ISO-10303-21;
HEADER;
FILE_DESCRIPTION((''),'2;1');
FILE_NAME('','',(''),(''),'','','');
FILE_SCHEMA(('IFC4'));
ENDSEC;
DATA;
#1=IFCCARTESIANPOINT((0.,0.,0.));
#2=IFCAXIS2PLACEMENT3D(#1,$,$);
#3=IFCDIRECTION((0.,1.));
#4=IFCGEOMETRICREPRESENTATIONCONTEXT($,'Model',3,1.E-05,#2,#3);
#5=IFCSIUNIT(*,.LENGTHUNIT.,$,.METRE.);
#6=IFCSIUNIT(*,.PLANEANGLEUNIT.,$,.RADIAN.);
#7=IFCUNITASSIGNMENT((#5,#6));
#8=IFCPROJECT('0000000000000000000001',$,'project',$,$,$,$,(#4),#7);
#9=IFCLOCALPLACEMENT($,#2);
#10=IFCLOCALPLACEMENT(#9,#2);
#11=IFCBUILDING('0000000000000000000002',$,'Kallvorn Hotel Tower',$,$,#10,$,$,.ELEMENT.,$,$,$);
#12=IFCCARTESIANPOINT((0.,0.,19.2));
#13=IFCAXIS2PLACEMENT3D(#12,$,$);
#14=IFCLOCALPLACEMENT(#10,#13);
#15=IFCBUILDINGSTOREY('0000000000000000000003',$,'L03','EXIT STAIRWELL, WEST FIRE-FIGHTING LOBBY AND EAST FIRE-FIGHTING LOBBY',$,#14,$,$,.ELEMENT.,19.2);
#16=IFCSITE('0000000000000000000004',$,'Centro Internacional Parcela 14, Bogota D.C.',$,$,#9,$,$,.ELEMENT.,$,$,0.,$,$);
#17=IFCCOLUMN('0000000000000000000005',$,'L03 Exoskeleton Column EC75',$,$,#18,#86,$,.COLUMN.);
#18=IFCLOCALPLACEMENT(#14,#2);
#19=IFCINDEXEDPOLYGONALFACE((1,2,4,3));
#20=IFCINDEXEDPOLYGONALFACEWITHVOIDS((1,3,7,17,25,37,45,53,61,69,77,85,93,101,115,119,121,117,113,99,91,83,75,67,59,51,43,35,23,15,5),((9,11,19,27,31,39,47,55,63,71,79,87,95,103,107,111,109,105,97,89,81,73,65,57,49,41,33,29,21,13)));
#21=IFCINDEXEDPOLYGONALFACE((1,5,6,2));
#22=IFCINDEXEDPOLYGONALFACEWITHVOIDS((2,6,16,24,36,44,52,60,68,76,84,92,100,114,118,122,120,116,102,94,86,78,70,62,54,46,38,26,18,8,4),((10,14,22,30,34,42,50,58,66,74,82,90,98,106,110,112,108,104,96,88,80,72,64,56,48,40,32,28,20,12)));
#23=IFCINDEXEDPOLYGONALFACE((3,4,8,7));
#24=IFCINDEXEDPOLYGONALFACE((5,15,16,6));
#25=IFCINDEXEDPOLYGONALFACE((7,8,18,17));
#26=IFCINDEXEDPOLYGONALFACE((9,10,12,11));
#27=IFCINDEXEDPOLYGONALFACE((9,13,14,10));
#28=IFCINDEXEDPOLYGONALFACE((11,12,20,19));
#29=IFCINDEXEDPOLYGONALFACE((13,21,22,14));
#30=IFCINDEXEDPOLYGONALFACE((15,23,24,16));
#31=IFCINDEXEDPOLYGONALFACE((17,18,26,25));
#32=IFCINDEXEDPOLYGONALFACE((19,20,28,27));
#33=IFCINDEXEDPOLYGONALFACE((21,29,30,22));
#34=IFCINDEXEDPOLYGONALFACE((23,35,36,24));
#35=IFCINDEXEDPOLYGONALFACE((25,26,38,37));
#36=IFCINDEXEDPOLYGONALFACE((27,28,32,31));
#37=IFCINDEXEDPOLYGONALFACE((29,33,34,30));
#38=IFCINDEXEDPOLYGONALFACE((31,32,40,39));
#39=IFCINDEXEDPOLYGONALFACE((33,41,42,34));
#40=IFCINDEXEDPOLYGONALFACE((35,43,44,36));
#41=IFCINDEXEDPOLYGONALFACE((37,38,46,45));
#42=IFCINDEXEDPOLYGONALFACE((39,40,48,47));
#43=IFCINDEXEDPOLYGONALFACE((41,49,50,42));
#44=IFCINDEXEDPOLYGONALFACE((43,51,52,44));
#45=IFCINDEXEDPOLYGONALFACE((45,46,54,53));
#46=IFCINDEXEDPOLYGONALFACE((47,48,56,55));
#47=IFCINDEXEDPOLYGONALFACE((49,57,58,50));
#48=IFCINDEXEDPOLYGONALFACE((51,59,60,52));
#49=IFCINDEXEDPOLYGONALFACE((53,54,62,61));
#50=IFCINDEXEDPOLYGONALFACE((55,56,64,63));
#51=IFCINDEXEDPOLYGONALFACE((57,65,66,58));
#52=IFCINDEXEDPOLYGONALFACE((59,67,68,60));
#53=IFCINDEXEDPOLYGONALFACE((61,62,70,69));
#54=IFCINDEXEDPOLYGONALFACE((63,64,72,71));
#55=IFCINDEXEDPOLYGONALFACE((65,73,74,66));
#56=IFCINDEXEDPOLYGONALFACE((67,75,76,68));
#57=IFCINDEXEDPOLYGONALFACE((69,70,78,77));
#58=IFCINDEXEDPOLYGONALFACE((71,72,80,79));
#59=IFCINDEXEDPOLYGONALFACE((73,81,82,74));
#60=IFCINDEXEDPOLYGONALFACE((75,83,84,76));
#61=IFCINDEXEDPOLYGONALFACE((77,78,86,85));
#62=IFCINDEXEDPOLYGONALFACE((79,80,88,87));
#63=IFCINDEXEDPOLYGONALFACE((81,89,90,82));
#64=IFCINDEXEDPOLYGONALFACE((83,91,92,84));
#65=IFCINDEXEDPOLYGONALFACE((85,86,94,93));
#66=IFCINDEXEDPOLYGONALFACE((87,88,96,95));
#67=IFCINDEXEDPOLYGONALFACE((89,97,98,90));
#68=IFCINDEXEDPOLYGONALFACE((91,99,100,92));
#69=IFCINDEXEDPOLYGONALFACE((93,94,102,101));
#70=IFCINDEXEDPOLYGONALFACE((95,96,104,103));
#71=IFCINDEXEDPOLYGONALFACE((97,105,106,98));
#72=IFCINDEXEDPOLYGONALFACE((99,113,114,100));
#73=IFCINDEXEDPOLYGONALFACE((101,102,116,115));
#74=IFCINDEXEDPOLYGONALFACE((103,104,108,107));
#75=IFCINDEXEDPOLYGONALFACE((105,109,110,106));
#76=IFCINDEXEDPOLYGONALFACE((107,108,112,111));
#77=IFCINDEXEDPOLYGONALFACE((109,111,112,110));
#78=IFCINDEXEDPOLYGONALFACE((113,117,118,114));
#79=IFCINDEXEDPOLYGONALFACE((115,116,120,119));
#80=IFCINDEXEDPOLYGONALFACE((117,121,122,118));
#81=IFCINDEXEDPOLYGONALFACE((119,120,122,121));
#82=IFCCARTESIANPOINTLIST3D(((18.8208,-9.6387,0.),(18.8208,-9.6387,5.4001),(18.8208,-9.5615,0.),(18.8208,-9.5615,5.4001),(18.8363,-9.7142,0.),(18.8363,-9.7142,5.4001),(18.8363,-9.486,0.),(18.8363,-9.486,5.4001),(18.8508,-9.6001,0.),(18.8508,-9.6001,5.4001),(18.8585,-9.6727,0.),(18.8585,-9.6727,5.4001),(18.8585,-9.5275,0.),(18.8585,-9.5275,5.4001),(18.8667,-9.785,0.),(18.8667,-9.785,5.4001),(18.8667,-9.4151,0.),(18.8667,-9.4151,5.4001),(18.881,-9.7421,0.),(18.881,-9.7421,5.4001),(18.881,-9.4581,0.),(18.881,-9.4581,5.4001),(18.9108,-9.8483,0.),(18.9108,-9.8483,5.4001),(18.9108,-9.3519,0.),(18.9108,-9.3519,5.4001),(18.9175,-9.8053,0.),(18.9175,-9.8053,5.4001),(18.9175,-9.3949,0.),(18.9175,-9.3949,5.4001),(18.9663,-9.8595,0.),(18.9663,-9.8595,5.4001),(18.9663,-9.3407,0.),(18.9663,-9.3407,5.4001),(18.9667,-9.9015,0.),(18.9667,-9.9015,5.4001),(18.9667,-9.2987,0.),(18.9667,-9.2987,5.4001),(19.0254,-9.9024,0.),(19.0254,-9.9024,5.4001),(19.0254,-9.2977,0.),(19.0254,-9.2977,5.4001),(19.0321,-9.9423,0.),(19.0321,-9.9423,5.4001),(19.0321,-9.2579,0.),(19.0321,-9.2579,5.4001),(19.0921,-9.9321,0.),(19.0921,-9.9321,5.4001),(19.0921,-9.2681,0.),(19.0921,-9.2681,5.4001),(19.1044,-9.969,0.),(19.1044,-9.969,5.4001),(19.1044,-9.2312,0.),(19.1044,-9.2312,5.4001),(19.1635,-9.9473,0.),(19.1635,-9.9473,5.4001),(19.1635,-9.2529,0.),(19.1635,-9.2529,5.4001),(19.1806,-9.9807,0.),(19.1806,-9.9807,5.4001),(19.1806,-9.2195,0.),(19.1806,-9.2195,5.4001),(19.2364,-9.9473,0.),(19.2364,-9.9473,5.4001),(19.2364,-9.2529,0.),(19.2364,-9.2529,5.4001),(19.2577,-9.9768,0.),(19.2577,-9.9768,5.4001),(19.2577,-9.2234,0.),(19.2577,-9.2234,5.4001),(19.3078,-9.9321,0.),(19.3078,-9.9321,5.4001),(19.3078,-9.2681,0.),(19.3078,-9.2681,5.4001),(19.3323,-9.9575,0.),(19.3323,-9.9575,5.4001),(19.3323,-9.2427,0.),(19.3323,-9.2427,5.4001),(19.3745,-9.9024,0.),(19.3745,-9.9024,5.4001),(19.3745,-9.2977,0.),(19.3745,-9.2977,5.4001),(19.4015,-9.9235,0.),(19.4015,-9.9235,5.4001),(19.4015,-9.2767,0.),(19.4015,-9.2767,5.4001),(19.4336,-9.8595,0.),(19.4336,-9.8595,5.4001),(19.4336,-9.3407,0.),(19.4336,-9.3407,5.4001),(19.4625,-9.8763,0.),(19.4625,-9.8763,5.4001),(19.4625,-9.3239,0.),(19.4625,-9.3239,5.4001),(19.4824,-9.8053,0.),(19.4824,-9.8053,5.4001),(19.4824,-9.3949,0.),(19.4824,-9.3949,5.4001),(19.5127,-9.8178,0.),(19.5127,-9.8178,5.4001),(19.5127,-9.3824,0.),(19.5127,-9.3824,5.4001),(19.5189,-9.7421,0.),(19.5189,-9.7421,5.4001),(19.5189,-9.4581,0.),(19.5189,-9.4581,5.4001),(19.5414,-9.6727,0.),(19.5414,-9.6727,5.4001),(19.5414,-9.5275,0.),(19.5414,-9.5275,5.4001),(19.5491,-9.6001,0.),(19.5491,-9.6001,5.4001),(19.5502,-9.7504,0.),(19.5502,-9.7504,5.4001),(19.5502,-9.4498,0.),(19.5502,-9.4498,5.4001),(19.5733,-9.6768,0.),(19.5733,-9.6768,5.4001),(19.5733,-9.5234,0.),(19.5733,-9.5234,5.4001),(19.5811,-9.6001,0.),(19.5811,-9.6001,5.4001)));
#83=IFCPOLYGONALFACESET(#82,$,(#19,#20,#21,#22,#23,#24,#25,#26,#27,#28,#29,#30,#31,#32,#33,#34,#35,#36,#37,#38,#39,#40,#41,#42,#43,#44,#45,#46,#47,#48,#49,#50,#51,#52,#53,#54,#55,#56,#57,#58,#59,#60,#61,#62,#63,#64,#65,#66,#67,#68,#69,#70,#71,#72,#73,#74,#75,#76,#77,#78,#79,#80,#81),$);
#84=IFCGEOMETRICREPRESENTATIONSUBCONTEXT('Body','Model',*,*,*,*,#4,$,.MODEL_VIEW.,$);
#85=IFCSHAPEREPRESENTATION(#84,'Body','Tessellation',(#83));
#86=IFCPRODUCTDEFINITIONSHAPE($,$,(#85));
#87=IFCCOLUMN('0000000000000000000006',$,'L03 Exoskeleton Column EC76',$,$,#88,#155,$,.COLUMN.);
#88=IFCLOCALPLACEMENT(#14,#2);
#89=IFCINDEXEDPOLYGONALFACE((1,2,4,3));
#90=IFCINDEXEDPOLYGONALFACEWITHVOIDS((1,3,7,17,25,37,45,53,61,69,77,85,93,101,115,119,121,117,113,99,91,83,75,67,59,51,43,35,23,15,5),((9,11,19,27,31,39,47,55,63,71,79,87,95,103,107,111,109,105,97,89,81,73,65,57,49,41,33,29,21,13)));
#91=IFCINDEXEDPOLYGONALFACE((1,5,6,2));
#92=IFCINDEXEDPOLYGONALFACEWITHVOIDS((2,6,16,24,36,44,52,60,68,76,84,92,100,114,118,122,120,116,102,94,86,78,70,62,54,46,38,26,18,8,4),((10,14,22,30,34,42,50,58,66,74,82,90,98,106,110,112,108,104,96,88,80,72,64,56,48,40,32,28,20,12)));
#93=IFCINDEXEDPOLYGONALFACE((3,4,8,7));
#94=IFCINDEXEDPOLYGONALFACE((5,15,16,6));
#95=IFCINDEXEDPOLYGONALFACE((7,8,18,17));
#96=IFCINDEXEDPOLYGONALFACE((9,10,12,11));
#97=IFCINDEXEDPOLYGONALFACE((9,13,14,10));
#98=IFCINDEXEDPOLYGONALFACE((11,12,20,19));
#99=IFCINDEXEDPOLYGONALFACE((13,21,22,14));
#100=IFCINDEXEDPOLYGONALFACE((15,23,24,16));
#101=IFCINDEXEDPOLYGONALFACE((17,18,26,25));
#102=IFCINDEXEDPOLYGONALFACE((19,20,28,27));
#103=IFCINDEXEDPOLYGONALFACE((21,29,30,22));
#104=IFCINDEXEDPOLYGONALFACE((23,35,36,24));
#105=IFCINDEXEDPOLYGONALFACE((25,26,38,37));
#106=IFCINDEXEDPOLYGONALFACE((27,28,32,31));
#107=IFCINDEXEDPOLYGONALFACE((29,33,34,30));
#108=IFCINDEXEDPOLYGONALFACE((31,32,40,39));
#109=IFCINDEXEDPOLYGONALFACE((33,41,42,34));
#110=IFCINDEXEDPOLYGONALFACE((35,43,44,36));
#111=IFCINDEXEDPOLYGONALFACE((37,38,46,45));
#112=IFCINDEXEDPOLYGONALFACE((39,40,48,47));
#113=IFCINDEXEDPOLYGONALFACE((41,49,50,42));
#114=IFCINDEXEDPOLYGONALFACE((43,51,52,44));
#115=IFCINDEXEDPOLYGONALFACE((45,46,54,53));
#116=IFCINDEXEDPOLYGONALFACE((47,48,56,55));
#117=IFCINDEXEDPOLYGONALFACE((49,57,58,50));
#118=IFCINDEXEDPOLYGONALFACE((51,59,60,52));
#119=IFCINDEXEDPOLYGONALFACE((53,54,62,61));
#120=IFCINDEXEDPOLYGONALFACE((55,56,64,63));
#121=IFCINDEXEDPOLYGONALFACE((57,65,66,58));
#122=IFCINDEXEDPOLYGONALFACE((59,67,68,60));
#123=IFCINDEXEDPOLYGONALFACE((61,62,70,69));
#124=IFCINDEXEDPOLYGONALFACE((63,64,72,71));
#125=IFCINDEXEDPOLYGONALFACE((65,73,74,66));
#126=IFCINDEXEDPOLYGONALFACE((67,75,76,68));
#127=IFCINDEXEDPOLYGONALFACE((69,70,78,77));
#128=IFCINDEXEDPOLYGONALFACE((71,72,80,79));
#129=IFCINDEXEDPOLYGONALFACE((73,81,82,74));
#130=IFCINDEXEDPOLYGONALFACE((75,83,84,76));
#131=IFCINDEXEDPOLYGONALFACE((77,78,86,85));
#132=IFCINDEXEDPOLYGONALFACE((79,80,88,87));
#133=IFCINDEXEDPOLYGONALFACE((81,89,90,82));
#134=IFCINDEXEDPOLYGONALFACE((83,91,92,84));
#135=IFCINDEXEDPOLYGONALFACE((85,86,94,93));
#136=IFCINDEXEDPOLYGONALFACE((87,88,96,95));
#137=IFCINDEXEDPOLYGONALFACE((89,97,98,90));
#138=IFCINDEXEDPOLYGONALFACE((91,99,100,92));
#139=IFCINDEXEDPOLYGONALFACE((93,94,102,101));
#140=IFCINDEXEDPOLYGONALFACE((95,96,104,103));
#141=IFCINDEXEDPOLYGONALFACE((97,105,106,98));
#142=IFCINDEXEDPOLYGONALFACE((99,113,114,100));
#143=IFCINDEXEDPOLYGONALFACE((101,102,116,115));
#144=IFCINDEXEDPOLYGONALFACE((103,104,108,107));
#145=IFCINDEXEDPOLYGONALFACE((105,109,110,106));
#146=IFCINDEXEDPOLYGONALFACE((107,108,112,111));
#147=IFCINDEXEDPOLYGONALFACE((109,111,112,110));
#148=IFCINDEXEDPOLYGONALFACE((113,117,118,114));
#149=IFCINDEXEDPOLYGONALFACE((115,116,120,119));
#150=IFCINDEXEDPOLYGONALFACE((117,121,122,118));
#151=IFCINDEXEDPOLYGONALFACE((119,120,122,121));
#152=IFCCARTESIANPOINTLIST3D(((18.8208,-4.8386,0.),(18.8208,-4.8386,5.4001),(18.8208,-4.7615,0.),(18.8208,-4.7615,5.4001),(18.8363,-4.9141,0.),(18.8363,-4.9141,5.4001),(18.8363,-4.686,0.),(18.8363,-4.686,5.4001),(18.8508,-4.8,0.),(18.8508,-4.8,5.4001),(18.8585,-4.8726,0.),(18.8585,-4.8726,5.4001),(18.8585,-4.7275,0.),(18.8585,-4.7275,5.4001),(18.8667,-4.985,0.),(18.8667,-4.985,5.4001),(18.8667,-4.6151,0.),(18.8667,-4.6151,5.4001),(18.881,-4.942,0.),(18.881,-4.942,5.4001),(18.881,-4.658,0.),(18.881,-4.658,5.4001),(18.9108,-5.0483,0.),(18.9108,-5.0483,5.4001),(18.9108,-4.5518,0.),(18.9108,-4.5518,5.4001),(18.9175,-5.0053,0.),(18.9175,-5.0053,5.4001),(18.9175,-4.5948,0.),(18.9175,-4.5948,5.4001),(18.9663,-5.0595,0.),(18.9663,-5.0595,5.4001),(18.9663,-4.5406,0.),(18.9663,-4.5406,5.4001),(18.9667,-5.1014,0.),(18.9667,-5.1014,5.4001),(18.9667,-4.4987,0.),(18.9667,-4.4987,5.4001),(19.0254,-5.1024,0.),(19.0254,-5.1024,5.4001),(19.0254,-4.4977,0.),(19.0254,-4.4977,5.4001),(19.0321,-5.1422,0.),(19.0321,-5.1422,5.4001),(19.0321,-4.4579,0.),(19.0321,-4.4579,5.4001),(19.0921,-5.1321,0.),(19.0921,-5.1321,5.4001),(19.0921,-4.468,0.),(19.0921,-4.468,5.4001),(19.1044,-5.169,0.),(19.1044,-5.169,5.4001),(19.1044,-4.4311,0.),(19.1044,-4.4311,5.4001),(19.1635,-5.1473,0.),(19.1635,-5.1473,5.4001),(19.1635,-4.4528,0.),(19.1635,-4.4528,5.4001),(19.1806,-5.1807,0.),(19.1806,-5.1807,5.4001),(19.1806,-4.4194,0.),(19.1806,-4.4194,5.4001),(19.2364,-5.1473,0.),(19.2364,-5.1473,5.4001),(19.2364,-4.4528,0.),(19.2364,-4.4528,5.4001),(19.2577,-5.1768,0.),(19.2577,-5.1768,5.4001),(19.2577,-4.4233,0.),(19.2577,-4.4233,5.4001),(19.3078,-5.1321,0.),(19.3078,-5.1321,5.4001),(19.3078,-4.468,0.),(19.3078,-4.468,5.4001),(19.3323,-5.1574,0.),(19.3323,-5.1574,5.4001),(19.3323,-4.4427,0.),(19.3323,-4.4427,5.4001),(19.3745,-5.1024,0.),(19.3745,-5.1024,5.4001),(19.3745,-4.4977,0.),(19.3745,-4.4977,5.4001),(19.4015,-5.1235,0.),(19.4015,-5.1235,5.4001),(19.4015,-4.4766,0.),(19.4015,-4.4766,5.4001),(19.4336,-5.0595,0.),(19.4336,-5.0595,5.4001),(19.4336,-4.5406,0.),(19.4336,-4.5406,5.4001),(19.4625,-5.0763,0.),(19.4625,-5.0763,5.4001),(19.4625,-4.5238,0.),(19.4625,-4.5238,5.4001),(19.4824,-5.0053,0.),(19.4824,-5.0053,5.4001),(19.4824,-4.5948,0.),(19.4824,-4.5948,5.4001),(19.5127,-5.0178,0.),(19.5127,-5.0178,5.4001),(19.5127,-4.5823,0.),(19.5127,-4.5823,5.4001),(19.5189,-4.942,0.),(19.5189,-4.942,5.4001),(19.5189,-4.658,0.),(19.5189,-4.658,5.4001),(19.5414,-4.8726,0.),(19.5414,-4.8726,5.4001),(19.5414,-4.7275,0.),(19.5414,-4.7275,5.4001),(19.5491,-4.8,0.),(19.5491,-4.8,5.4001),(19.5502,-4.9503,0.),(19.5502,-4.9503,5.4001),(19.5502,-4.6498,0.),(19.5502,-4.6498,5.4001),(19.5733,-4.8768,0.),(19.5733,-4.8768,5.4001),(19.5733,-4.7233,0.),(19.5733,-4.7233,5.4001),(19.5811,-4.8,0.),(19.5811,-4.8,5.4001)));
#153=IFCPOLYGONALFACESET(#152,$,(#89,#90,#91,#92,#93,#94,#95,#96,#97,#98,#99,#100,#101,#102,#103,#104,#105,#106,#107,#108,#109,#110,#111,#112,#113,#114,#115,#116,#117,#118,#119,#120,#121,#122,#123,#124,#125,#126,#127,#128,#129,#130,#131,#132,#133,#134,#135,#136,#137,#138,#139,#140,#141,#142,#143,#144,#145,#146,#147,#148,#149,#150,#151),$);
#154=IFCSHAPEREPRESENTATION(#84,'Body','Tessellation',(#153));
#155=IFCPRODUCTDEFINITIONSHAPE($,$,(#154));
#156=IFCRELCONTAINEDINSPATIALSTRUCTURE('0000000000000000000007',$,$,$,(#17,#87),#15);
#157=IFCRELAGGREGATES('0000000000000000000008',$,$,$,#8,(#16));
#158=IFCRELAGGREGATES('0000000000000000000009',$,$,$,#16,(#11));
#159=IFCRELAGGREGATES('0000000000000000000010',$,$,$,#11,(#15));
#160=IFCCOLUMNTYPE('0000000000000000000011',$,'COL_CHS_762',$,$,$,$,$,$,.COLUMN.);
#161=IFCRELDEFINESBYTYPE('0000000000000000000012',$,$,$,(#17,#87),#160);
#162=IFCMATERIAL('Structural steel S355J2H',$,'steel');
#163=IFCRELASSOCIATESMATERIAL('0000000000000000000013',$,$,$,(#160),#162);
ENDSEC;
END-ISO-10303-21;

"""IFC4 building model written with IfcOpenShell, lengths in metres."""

from ifc_helpers import new_model, si_unit, direction, frame, origin, origin_2d, place, context, subcontext, project, spatial, hollow_circle, extrude, material, material_profile, profile_set, type_object, element, save


model = new_model("IFC4")

# Units and contexts
model_context = context("Model", 3, precision=1e-05, world=origin(), true_north=direction((0.0, 1.0)))
body_context = subcontext(model_context, "Body", "Model", "MODEL_VIEW")
ifc_project = project(units=[si_unit("LENGTHUNIT", "METRE"), si_unit("PLANEANGLEUNIT", "RADIAN")], contexts=[model_context])

# Site, building, storey
site_placement = place(None, origin())
site = spatial("IfcSite", under=ifc_project, at=site_placement, Name="Centro Internacional Parcela 14, Bogota D.C.", CompositionType="ELEMENT", RefElevation=0.0)
building_placement = place(site_placement, origin())
building = spatial("IfcBuilding", under=site, at=building_placement, Name="Kallvorn Hotel Tower", CompositionType="ELEMENT")
storey_placement = place(building_placement, frame((0.0, 0.0, 19.2)))
storey = spatial("IfcBuildingStorey", under=building, at=storey_placement, Name="L03", Description="EXIT STAIRWELL, WEST FIRE-FIGHTING LOBBY AND EAST FIRE-FIGHTING LOBBY", CompositionType="ELEMENT", Elevation=19.2)

# Columns
ifc_material_1 = material(Name="Structural steel S355J2H", Category="steel")
ifc_material_profile_1 = material_profile(ifc_material_1, hollow_circle(Radius=0.3811, WallThickness=0.032, at=origin_2d()), Name="CHS 762x32")
ifc_profile_set_1 = profile_set([ifc_material_profile_1], Name="Structural steel S355J2H")
column_type_1 = type_object("IfcColumnType", Name="COL_CHS_762", PredefinedType="COLUMN", material=ifc_profile_set_1)
for number, where, z_axis, x_axis, name in (
    (1, (19.2, -9.6001, 0.0), (0.0, 0.0, 1.0), (1.0, 0.0, 0.0), "L03 Exoskeleton Column EC75"),
    (2, (19.2, -4.8, 0.0), (0.0, 0.0, 1.0), (1.0, 0.0, 0.0), "L03 Exoskeleton Column EC76"),
):
    element("IfcColumn", number, at=place(storey_placement, frame(where, z_axis=z_axis, x_axis=x_axis)), inside=storey, type_object=column_type_1, Name=name, PredefinedType="COLUMN", context=body_context, shape_type="SweptSolid", body=[
        extrude(hollow_circle(Radius=0.3811, WallThickness=0.032, at=origin_2d()), origin(), (0.0, 0.0, 1.0), 5.4001),
    ])

save(model, "model.ifc")
